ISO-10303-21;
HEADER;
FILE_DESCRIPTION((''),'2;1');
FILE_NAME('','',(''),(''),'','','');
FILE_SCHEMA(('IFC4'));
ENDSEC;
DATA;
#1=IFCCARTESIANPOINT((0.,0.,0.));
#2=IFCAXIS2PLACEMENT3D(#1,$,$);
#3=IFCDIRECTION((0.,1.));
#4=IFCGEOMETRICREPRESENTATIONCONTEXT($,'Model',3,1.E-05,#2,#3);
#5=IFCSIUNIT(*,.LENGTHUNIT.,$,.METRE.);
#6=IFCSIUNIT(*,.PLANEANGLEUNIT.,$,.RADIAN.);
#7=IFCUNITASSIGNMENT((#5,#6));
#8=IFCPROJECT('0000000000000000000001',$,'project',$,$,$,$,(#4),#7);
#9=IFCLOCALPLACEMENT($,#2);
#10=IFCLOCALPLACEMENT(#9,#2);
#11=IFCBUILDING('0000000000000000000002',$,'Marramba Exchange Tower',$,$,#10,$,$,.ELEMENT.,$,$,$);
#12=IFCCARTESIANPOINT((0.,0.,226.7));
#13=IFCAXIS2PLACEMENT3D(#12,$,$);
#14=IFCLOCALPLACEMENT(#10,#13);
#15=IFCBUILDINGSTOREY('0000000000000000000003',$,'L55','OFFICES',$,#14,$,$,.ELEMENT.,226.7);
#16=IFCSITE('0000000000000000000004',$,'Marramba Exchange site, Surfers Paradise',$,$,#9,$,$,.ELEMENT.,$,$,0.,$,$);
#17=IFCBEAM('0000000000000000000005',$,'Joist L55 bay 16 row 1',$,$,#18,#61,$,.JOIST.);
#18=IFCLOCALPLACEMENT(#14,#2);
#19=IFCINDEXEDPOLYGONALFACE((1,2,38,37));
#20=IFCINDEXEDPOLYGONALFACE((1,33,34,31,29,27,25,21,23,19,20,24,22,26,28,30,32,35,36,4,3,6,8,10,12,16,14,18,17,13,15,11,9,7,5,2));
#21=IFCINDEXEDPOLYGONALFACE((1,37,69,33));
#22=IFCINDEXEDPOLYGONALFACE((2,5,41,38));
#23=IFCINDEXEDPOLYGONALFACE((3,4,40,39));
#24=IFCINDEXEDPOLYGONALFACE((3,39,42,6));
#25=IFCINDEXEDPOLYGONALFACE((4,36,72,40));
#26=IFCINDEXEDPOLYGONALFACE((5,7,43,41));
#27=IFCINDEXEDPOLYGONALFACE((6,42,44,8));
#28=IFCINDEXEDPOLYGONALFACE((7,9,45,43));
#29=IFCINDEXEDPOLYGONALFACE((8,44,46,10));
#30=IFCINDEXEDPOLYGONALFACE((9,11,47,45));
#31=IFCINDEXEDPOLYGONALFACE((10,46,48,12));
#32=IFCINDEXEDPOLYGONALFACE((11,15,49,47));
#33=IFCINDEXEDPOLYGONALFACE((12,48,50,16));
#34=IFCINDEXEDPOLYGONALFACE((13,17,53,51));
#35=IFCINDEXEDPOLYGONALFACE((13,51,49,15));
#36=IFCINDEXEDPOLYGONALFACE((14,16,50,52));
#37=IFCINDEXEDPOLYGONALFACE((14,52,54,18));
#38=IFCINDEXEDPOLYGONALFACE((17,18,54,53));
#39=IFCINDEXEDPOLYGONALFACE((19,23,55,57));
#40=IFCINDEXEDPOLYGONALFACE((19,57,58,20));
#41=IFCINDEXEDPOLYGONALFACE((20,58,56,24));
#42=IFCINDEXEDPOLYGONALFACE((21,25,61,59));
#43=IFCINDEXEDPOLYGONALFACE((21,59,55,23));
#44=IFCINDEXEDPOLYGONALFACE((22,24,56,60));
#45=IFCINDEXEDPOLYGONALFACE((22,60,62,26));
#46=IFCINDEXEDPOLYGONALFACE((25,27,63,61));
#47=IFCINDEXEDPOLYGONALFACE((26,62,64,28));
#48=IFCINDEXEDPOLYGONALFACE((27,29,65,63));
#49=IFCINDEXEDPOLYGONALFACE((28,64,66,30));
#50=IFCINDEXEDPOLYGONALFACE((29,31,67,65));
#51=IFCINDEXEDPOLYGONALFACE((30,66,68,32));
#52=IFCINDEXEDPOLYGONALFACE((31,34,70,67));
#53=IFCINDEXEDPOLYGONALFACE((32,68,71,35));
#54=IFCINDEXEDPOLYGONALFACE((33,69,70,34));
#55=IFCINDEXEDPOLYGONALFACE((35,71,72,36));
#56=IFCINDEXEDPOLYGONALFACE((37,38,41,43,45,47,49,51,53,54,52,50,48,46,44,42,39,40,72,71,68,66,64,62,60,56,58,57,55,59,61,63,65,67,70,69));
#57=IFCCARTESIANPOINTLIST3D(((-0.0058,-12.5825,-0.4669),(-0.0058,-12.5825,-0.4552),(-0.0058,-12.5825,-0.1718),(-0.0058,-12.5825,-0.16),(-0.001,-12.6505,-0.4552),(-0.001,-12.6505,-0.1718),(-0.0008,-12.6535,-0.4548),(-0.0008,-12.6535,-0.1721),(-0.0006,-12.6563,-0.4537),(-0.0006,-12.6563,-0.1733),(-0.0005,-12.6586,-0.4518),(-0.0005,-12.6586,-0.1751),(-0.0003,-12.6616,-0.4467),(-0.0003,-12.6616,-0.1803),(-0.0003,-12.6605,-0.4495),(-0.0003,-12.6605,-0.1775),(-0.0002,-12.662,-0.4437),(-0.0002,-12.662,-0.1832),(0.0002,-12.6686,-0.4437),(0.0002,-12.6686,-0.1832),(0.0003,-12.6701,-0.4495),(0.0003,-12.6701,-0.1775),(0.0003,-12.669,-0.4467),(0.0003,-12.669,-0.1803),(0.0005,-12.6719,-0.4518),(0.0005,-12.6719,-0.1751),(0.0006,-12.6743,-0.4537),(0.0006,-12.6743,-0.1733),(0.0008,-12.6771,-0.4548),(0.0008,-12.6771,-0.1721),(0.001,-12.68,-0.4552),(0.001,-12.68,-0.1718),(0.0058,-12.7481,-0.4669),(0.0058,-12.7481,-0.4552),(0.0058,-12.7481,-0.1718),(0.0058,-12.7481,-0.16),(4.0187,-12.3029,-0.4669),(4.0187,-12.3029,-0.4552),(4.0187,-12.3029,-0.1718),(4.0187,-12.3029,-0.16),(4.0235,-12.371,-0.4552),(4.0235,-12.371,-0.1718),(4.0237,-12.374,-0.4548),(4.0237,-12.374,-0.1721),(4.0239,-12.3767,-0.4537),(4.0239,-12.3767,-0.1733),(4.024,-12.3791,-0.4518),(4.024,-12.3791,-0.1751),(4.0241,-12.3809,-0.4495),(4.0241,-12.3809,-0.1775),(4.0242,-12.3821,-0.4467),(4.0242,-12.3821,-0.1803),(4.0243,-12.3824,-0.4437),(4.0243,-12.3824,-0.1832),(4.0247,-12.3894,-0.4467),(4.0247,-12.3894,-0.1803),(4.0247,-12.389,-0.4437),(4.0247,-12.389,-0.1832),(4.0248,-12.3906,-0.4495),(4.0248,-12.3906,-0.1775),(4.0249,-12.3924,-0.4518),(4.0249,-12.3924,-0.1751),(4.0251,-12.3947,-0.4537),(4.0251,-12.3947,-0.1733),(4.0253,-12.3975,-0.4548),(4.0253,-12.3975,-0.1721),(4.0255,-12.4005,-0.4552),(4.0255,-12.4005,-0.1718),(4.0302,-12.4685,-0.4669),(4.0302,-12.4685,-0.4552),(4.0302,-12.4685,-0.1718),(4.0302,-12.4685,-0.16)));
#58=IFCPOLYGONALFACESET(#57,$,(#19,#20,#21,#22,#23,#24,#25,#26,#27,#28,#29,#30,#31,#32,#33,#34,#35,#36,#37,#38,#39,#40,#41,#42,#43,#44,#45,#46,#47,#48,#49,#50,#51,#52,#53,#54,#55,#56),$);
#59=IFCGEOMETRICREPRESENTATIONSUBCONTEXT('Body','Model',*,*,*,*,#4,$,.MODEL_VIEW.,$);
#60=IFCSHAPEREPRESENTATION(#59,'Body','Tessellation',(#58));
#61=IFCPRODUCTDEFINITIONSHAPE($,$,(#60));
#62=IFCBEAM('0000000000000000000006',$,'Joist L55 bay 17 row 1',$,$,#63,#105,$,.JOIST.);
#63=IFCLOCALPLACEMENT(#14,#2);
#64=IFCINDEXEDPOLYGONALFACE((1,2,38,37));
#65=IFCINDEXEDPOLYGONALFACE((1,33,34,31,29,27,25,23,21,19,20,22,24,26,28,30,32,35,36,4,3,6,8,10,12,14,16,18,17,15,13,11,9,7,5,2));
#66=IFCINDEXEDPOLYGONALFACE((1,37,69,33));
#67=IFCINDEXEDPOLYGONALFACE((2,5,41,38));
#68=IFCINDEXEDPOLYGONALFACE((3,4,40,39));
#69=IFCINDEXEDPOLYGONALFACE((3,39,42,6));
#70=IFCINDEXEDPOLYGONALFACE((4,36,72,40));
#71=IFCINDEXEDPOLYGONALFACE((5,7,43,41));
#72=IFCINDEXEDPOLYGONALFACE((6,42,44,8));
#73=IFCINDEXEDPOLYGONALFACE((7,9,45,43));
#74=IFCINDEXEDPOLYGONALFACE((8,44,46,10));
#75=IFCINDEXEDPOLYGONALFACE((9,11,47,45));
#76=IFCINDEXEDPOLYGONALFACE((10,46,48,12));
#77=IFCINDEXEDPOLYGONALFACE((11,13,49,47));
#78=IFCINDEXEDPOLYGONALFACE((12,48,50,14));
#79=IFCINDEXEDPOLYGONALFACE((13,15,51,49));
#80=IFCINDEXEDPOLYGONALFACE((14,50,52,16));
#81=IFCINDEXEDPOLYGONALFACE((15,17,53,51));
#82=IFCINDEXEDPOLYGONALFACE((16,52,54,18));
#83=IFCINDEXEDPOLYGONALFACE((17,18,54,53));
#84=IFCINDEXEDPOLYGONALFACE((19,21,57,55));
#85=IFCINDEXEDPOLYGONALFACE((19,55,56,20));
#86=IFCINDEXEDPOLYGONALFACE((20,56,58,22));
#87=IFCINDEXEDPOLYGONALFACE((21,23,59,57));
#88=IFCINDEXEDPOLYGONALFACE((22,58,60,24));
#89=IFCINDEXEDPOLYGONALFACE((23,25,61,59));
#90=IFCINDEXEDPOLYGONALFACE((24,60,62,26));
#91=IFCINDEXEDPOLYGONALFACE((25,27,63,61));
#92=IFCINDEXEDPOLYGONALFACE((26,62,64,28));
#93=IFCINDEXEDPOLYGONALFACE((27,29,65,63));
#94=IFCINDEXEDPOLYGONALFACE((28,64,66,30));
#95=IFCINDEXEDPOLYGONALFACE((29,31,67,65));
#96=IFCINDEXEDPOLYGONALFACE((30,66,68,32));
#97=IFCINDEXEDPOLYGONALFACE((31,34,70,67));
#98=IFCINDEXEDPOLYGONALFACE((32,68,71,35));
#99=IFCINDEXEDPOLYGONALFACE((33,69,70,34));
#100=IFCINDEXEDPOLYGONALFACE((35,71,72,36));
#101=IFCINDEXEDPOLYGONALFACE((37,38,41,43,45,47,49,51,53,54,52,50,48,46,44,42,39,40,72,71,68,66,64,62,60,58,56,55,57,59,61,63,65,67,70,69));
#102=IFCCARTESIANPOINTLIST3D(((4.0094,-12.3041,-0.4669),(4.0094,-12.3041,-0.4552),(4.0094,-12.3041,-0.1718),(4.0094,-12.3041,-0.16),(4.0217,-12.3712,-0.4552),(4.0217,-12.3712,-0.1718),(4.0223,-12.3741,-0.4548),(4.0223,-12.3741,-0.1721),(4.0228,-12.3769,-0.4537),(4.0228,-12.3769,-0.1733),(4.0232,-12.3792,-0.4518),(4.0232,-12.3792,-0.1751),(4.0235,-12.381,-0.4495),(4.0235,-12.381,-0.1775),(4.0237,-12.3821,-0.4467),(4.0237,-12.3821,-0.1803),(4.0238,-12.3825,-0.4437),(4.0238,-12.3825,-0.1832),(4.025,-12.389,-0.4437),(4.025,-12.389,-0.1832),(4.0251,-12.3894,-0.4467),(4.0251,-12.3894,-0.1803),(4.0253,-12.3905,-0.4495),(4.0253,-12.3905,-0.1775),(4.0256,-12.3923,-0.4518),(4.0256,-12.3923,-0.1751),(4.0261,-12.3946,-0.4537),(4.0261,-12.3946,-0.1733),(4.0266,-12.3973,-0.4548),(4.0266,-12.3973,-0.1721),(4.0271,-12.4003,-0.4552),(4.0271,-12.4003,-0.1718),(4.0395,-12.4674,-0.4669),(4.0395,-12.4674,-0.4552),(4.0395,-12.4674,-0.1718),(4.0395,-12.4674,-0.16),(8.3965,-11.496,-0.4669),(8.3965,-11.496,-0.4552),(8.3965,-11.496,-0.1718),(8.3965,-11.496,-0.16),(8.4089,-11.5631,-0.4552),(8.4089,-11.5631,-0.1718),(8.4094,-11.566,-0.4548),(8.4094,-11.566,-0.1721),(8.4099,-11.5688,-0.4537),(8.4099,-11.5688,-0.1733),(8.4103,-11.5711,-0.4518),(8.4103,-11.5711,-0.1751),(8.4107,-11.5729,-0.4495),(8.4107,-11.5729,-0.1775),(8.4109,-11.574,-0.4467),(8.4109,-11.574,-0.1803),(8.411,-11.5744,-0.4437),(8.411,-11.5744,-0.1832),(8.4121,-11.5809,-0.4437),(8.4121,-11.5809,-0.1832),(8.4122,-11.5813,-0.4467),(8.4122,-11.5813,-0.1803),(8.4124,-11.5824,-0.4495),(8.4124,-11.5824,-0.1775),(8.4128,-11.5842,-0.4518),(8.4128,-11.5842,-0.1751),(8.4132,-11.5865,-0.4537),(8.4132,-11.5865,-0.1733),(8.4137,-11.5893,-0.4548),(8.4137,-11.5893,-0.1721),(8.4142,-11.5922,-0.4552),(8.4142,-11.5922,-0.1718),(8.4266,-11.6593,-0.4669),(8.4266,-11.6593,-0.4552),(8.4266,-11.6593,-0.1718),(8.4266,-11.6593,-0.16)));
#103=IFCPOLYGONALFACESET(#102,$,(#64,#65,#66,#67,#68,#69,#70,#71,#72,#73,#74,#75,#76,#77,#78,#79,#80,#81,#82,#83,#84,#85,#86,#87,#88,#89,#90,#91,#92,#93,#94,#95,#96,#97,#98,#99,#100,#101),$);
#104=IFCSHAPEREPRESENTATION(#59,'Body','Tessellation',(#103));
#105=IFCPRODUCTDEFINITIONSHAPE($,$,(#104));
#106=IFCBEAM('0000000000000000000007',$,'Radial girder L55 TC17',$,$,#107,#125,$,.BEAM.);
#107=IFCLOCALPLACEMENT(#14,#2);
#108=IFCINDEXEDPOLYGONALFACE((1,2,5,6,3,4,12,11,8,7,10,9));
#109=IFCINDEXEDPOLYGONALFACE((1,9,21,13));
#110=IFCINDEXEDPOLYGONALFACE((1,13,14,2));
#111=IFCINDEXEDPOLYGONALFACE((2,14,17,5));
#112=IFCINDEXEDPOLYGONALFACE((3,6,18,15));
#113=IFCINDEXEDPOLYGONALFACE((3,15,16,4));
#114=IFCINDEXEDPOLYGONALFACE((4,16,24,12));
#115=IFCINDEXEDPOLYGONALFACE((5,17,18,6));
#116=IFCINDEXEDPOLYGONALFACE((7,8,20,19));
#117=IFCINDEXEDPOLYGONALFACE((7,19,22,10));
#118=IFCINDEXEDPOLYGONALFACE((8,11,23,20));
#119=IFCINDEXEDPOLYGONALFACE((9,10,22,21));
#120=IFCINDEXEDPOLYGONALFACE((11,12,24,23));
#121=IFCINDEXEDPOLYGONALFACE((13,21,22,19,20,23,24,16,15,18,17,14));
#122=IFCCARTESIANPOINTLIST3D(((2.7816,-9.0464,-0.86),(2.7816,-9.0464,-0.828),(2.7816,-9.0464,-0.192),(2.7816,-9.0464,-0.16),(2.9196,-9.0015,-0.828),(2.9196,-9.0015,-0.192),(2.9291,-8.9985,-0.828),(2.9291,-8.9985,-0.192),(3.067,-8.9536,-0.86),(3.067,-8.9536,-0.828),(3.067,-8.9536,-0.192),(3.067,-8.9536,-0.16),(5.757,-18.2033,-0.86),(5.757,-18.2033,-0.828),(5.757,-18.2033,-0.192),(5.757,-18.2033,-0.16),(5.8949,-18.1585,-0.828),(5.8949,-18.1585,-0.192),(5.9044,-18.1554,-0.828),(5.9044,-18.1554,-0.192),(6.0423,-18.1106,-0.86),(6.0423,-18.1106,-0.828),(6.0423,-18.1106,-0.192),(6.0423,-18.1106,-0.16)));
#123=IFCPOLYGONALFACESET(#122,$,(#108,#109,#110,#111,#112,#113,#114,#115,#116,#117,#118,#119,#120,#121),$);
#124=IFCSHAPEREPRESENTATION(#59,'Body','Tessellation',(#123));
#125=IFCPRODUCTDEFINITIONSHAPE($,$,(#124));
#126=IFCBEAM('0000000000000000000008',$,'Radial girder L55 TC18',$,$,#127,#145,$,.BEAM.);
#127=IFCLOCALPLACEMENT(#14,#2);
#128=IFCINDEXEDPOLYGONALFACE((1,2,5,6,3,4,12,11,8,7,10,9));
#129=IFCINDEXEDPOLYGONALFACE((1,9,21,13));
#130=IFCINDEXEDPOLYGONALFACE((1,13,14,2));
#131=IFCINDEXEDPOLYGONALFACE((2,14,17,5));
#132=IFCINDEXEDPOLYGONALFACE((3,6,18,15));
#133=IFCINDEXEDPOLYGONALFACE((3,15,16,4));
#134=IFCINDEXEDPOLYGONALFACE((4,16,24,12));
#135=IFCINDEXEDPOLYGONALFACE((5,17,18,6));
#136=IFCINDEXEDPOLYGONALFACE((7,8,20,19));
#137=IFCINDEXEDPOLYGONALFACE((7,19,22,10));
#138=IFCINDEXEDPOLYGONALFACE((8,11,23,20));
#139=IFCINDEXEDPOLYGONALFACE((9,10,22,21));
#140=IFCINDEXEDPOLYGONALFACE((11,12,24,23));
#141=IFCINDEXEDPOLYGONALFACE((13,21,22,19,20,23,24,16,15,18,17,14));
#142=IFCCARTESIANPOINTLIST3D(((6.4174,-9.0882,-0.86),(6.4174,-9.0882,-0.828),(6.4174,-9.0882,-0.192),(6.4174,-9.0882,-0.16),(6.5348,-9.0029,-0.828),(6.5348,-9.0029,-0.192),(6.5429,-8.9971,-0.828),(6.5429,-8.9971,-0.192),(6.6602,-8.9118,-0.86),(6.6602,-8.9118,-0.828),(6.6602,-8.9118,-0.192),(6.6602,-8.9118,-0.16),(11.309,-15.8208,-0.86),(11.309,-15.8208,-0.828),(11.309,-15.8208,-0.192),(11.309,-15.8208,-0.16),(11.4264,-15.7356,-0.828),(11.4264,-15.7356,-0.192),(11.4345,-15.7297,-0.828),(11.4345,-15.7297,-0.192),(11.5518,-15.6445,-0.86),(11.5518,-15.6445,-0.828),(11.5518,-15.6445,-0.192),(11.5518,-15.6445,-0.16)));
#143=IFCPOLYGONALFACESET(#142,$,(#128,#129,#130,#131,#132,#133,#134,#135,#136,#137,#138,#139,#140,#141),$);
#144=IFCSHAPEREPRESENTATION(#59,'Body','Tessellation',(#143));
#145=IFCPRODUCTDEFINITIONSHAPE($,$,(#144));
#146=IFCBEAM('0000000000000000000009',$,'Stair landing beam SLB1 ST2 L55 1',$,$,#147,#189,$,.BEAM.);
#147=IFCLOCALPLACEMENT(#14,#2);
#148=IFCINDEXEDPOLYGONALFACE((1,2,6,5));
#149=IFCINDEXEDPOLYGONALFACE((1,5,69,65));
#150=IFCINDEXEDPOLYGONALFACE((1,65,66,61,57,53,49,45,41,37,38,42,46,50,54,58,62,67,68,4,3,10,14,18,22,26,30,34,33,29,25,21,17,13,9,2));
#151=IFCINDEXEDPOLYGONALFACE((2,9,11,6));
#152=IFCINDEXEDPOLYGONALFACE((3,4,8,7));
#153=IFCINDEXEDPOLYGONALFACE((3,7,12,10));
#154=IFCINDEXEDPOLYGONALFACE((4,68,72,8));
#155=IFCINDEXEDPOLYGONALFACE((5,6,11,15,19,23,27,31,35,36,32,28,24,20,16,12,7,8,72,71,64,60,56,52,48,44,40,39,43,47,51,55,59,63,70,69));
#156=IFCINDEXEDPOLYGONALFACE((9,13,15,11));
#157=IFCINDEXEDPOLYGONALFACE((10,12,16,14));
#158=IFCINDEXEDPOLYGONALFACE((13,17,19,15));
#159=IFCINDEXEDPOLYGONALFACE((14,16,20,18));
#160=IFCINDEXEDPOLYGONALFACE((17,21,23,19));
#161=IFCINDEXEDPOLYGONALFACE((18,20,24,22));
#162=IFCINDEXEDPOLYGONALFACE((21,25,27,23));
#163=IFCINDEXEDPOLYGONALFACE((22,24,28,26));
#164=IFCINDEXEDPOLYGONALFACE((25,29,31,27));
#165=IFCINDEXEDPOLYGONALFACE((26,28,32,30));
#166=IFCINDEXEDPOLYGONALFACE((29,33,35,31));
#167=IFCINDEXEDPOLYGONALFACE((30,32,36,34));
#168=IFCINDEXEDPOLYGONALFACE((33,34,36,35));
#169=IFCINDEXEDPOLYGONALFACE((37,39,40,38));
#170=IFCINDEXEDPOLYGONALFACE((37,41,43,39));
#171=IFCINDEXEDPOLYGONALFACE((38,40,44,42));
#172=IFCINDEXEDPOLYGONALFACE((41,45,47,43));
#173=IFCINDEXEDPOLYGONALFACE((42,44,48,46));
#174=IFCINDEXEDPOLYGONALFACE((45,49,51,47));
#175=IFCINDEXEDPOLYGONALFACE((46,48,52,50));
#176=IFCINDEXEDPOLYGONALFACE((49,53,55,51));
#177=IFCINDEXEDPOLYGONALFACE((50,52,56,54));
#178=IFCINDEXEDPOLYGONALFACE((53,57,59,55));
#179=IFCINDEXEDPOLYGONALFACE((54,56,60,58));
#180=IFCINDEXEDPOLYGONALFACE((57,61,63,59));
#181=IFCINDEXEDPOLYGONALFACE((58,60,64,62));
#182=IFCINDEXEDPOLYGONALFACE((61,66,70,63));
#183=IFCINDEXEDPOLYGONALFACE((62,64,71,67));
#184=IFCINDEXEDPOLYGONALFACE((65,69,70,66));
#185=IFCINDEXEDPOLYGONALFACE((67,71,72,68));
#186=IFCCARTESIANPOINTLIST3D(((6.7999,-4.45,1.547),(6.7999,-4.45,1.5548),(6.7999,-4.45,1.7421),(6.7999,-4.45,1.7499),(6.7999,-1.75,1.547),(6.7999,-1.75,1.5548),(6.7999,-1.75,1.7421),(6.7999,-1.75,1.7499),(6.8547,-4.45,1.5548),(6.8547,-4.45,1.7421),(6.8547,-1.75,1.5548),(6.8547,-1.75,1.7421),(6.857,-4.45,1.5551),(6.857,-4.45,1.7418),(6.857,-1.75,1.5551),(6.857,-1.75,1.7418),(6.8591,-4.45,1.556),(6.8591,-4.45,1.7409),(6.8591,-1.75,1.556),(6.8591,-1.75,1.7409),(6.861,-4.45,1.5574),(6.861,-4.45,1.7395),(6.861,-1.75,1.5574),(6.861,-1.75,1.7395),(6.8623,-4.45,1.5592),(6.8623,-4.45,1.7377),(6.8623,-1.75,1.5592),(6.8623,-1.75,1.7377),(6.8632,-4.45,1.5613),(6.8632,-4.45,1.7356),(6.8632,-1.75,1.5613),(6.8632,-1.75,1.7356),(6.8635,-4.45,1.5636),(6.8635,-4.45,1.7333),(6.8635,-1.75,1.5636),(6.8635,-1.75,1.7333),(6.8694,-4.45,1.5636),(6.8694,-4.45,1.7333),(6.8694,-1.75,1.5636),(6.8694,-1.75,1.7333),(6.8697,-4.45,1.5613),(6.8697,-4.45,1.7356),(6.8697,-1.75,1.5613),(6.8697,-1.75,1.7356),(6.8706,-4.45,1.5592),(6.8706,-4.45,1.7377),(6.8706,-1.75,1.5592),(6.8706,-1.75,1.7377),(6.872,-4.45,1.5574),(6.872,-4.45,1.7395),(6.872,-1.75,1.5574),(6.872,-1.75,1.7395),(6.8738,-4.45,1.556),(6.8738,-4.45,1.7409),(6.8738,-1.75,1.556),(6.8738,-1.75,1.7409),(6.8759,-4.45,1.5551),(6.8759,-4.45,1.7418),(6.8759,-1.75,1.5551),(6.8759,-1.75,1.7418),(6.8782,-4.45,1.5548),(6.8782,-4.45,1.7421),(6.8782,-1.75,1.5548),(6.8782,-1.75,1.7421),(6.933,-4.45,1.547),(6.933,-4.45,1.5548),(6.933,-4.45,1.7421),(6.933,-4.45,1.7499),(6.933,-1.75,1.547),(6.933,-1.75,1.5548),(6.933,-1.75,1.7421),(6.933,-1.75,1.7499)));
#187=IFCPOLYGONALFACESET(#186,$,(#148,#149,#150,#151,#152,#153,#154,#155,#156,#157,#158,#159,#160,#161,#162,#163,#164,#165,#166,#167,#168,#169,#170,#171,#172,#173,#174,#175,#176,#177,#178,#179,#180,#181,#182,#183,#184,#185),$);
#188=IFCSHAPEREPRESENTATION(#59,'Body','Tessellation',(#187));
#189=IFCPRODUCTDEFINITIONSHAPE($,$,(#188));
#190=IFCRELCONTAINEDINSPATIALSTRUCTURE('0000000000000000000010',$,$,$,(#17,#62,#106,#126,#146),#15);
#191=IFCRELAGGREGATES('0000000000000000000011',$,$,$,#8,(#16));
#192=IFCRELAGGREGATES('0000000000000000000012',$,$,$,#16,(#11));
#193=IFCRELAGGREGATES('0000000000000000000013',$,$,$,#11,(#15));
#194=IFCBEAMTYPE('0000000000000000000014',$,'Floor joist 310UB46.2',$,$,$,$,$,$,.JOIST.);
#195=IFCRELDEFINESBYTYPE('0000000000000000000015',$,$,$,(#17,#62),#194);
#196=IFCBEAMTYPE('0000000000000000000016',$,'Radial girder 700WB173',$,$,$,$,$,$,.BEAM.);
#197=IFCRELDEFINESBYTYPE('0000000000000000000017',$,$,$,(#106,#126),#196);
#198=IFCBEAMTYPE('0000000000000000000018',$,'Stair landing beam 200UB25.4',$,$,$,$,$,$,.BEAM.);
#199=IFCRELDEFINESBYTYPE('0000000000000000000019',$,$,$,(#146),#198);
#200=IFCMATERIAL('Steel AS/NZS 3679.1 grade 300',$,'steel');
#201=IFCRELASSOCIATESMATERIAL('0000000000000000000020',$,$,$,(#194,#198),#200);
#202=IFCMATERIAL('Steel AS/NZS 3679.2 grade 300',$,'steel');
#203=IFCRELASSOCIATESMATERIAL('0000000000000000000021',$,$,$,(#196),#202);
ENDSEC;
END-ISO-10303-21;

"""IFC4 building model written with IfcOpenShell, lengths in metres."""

from ifc_helpers import new_model, si_unit, direction, frame, origin, origin_2d, place, context, subcontext, project, spatial, i_section, extrude, material, material_profile, profile_set, type_object, element, save


model = new_model("IFC4")

# Units and contexts
model_context = context("Model", 3, precision=1e-05, world=origin(), true_north=direction((0.0, 1.0)))
body_context = subcontext(model_context, "Body", "Model", "MODEL_VIEW")
ifc_project = project(units=[si_unit("LENGTHUNIT", "METRE"), si_unit("PLANEANGLEUNIT", "RADIAN")], contexts=[model_context])

# Site, building, storey
site_placement = place(None, origin())
site = spatial("IfcSite", under=ifc_project, at=site_placement, Name="Marramba Exchange site, Surfers Paradise", CompositionType="ELEMENT", RefElevation=0.0)
building_placement = place(site_placement, origin())
building = spatial("IfcBuilding", under=site, at=building_placement, Name="Marramba Exchange Tower", CompositionType="ELEMENT")
storey_placement = place(building_placement, frame((0.0, 0.0, 226.7)))
storey = spatial("IfcBuildingStorey", under=building, at=storey_placement, Name="L55", Description="OFFICES", CompositionType="ELEMENT", Elevation=226.7)

# Beams
ifc_material_1 = material(Name="Steel AS/NZS 3679.1 grade 300", Category="steel")
ifc_material_profile_1 = material_profile(ifc_material_1, i_section(OverallWidth=0.166, OverallDepth=0.3069, WebThickness=0.0066, FlangeThickness=0.0117, FilletRadius=0.0115, at=origin_2d()), Name="310UB46.2")
ifc_profile_set_1 = profile_set([ifc_material_profile_1], Name="Steel AS/NZS 3679.1 grade 300")
beam_type_1 = type_object("IfcBeamType", Name="Floor joist 310UB46.2", PredefinedType="JOIST", material=ifc_profile_set_1)
beam_1_placement = place(storey_placement, frame((0.0, -12.6653, -0.3135), z_axis=(0.997596, 0.069294, 0.0), x_axis=(-0.069294, 0.997596, 0.0)))
element("IfcBeam", 1, at=beam_1_placement, inside=storey, type_object=beam_type_1, Name="Joist L55 bay 16 row 1", PredefinedType="JOIST", context=body_context, shape_type="SweptSolid", body=[
    extrude(i_section(OverallWidth=0.166, OverallDepth=0.3069, WebThickness=0.0066, FlangeThickness=0.0117, FilletRadius=0.0115, at=origin_2d()), origin(), (0.0, 0.0, 1.0), 4.0342),
])
beam_2_placement = place(storey_placement, frame((4.0244, -12.3857, -0.3135), z_axis=(0.983456, 0.181149, 0.0), x_axis=(-0.181149, 0.983456, 0.0)))
element("IfcBeam", 2, at=beam_2_placement, inside=storey, type_object=beam_type_1, Name="Joist L55 bay 17 row 1", PredefinedType="JOIST", context=body_context, shape_type="SweptSolid", body=[
    extrude(i_section(OverallWidth=0.166, OverallDepth=0.3069, WebThickness=0.0066, FlangeThickness=0.0117, FilletRadius=0.0115, at=origin_2d()), origin(), (0.0, 0.0, 1.0), 4.4609),
])
ifc_material_2 = material(Name="Steel AS/NZS 3679.2 grade 300", Category="steel")
ifc_material_profile_2 = material_profile(ifc_material_2, i_section(OverallWidth=0.3, OverallDepth=0.7, WebThickness=0.01, FlangeThickness=0.032, at=origin_2d()), Name="700WB173")
ifc_profile_set_2 = profile_set([ifc_material_profile_2], Name="Steel AS/NZS 3679.2 grade 300")
beam_type_2 = type_object("IfcBeamType", Name="Radial girder 700WB173", PredefinedType="BEAM", material=ifc_profile_set_2)
beam_3_placement = place(storey_placement, frame((2.9243, -9.0, -0.51), z_axis=(0.309022, -0.951055, 0.0), x_axis=(0.951055, 0.309022, 0.0)))
element("IfcBeam", 3, at=beam_3_placement, inside=storey, type_object=beam_type_2, Name="Radial girder L55 TC17", PredefinedType="BEAM", context=body_context, shape_type="SweptSolid", body=[
    extrude(i_section(OverallWidth=0.3, OverallDepth=0.7, WebThickness=0.01, FlangeThickness=0.032, at=origin_2d()), origin(), (0.0, 0.0, 1.0), 9.6282),
])
beam_4_placement = place(storey_placement, frame((6.5388, -9.0, -0.51), z_axis=(0.587788, -0.809015, 0.0), x_axis=(0.809015, 0.587788, 0.0)))
element("IfcBeam", 4, at=beam_4_placement, inside=storey, type_object=beam_type_2, Name="Radial girder L55 TC18", PredefinedType="BEAM", context=body_context, shape_type="SweptSolid", body=[
    extrude(i_section(OverallWidth=0.3, OverallDepth=0.7, WebThickness=0.01, FlangeThickness=0.032, at=origin_2d()), origin(), (0.0, 0.0, 1.0), 8.322),
])
ifc_material_profile_3 = material_profile(ifc_material_1, i_section(OverallWidth=0.1331, OverallDepth=0.2029, WebThickness=0.0059, FlangeThickness=0.0078, FilletRadius=0.0088, at=origin_2d()), Name="200UB25.4")
ifc_profile_set_3 = profile_set([ifc_material_profile_3], Name="Steel AS/NZS 3679.1 grade 300")
beam_type_3 = type_object("IfcBeamType", Name="Stair landing beam 200UB25.4", PredefinedType="BEAM", material=ifc_profile_set_3)
for number, where, z_axis, x_axis, name in (
    (5, (6.8665, -4.45, 1.6484), (0.0, 1.0, 0.0), (-1.0, 0.0, 0.0), "Stair landing beam SLB1 ST2 L55 1"),
):
    element("IfcBeam", number, at=place(storey_placement, frame(where, z_axis=z_axis, x_axis=x_axis)), inside=storey, type_object=beam_type_3, Name=name, PredefinedType="BEAM", context=body_context, shape_type="SweptSolid", body=[
        extrude(i_section(OverallWidth=0.1331, OverallDepth=0.2029, WebThickness=0.0059, FlangeThickness=0.0078, FilletRadius=0.0088, at=origin_2d()), origin(), (0.0, 0.0, 1.0), 2.7),
    ])

save(model, "model.ifc")
